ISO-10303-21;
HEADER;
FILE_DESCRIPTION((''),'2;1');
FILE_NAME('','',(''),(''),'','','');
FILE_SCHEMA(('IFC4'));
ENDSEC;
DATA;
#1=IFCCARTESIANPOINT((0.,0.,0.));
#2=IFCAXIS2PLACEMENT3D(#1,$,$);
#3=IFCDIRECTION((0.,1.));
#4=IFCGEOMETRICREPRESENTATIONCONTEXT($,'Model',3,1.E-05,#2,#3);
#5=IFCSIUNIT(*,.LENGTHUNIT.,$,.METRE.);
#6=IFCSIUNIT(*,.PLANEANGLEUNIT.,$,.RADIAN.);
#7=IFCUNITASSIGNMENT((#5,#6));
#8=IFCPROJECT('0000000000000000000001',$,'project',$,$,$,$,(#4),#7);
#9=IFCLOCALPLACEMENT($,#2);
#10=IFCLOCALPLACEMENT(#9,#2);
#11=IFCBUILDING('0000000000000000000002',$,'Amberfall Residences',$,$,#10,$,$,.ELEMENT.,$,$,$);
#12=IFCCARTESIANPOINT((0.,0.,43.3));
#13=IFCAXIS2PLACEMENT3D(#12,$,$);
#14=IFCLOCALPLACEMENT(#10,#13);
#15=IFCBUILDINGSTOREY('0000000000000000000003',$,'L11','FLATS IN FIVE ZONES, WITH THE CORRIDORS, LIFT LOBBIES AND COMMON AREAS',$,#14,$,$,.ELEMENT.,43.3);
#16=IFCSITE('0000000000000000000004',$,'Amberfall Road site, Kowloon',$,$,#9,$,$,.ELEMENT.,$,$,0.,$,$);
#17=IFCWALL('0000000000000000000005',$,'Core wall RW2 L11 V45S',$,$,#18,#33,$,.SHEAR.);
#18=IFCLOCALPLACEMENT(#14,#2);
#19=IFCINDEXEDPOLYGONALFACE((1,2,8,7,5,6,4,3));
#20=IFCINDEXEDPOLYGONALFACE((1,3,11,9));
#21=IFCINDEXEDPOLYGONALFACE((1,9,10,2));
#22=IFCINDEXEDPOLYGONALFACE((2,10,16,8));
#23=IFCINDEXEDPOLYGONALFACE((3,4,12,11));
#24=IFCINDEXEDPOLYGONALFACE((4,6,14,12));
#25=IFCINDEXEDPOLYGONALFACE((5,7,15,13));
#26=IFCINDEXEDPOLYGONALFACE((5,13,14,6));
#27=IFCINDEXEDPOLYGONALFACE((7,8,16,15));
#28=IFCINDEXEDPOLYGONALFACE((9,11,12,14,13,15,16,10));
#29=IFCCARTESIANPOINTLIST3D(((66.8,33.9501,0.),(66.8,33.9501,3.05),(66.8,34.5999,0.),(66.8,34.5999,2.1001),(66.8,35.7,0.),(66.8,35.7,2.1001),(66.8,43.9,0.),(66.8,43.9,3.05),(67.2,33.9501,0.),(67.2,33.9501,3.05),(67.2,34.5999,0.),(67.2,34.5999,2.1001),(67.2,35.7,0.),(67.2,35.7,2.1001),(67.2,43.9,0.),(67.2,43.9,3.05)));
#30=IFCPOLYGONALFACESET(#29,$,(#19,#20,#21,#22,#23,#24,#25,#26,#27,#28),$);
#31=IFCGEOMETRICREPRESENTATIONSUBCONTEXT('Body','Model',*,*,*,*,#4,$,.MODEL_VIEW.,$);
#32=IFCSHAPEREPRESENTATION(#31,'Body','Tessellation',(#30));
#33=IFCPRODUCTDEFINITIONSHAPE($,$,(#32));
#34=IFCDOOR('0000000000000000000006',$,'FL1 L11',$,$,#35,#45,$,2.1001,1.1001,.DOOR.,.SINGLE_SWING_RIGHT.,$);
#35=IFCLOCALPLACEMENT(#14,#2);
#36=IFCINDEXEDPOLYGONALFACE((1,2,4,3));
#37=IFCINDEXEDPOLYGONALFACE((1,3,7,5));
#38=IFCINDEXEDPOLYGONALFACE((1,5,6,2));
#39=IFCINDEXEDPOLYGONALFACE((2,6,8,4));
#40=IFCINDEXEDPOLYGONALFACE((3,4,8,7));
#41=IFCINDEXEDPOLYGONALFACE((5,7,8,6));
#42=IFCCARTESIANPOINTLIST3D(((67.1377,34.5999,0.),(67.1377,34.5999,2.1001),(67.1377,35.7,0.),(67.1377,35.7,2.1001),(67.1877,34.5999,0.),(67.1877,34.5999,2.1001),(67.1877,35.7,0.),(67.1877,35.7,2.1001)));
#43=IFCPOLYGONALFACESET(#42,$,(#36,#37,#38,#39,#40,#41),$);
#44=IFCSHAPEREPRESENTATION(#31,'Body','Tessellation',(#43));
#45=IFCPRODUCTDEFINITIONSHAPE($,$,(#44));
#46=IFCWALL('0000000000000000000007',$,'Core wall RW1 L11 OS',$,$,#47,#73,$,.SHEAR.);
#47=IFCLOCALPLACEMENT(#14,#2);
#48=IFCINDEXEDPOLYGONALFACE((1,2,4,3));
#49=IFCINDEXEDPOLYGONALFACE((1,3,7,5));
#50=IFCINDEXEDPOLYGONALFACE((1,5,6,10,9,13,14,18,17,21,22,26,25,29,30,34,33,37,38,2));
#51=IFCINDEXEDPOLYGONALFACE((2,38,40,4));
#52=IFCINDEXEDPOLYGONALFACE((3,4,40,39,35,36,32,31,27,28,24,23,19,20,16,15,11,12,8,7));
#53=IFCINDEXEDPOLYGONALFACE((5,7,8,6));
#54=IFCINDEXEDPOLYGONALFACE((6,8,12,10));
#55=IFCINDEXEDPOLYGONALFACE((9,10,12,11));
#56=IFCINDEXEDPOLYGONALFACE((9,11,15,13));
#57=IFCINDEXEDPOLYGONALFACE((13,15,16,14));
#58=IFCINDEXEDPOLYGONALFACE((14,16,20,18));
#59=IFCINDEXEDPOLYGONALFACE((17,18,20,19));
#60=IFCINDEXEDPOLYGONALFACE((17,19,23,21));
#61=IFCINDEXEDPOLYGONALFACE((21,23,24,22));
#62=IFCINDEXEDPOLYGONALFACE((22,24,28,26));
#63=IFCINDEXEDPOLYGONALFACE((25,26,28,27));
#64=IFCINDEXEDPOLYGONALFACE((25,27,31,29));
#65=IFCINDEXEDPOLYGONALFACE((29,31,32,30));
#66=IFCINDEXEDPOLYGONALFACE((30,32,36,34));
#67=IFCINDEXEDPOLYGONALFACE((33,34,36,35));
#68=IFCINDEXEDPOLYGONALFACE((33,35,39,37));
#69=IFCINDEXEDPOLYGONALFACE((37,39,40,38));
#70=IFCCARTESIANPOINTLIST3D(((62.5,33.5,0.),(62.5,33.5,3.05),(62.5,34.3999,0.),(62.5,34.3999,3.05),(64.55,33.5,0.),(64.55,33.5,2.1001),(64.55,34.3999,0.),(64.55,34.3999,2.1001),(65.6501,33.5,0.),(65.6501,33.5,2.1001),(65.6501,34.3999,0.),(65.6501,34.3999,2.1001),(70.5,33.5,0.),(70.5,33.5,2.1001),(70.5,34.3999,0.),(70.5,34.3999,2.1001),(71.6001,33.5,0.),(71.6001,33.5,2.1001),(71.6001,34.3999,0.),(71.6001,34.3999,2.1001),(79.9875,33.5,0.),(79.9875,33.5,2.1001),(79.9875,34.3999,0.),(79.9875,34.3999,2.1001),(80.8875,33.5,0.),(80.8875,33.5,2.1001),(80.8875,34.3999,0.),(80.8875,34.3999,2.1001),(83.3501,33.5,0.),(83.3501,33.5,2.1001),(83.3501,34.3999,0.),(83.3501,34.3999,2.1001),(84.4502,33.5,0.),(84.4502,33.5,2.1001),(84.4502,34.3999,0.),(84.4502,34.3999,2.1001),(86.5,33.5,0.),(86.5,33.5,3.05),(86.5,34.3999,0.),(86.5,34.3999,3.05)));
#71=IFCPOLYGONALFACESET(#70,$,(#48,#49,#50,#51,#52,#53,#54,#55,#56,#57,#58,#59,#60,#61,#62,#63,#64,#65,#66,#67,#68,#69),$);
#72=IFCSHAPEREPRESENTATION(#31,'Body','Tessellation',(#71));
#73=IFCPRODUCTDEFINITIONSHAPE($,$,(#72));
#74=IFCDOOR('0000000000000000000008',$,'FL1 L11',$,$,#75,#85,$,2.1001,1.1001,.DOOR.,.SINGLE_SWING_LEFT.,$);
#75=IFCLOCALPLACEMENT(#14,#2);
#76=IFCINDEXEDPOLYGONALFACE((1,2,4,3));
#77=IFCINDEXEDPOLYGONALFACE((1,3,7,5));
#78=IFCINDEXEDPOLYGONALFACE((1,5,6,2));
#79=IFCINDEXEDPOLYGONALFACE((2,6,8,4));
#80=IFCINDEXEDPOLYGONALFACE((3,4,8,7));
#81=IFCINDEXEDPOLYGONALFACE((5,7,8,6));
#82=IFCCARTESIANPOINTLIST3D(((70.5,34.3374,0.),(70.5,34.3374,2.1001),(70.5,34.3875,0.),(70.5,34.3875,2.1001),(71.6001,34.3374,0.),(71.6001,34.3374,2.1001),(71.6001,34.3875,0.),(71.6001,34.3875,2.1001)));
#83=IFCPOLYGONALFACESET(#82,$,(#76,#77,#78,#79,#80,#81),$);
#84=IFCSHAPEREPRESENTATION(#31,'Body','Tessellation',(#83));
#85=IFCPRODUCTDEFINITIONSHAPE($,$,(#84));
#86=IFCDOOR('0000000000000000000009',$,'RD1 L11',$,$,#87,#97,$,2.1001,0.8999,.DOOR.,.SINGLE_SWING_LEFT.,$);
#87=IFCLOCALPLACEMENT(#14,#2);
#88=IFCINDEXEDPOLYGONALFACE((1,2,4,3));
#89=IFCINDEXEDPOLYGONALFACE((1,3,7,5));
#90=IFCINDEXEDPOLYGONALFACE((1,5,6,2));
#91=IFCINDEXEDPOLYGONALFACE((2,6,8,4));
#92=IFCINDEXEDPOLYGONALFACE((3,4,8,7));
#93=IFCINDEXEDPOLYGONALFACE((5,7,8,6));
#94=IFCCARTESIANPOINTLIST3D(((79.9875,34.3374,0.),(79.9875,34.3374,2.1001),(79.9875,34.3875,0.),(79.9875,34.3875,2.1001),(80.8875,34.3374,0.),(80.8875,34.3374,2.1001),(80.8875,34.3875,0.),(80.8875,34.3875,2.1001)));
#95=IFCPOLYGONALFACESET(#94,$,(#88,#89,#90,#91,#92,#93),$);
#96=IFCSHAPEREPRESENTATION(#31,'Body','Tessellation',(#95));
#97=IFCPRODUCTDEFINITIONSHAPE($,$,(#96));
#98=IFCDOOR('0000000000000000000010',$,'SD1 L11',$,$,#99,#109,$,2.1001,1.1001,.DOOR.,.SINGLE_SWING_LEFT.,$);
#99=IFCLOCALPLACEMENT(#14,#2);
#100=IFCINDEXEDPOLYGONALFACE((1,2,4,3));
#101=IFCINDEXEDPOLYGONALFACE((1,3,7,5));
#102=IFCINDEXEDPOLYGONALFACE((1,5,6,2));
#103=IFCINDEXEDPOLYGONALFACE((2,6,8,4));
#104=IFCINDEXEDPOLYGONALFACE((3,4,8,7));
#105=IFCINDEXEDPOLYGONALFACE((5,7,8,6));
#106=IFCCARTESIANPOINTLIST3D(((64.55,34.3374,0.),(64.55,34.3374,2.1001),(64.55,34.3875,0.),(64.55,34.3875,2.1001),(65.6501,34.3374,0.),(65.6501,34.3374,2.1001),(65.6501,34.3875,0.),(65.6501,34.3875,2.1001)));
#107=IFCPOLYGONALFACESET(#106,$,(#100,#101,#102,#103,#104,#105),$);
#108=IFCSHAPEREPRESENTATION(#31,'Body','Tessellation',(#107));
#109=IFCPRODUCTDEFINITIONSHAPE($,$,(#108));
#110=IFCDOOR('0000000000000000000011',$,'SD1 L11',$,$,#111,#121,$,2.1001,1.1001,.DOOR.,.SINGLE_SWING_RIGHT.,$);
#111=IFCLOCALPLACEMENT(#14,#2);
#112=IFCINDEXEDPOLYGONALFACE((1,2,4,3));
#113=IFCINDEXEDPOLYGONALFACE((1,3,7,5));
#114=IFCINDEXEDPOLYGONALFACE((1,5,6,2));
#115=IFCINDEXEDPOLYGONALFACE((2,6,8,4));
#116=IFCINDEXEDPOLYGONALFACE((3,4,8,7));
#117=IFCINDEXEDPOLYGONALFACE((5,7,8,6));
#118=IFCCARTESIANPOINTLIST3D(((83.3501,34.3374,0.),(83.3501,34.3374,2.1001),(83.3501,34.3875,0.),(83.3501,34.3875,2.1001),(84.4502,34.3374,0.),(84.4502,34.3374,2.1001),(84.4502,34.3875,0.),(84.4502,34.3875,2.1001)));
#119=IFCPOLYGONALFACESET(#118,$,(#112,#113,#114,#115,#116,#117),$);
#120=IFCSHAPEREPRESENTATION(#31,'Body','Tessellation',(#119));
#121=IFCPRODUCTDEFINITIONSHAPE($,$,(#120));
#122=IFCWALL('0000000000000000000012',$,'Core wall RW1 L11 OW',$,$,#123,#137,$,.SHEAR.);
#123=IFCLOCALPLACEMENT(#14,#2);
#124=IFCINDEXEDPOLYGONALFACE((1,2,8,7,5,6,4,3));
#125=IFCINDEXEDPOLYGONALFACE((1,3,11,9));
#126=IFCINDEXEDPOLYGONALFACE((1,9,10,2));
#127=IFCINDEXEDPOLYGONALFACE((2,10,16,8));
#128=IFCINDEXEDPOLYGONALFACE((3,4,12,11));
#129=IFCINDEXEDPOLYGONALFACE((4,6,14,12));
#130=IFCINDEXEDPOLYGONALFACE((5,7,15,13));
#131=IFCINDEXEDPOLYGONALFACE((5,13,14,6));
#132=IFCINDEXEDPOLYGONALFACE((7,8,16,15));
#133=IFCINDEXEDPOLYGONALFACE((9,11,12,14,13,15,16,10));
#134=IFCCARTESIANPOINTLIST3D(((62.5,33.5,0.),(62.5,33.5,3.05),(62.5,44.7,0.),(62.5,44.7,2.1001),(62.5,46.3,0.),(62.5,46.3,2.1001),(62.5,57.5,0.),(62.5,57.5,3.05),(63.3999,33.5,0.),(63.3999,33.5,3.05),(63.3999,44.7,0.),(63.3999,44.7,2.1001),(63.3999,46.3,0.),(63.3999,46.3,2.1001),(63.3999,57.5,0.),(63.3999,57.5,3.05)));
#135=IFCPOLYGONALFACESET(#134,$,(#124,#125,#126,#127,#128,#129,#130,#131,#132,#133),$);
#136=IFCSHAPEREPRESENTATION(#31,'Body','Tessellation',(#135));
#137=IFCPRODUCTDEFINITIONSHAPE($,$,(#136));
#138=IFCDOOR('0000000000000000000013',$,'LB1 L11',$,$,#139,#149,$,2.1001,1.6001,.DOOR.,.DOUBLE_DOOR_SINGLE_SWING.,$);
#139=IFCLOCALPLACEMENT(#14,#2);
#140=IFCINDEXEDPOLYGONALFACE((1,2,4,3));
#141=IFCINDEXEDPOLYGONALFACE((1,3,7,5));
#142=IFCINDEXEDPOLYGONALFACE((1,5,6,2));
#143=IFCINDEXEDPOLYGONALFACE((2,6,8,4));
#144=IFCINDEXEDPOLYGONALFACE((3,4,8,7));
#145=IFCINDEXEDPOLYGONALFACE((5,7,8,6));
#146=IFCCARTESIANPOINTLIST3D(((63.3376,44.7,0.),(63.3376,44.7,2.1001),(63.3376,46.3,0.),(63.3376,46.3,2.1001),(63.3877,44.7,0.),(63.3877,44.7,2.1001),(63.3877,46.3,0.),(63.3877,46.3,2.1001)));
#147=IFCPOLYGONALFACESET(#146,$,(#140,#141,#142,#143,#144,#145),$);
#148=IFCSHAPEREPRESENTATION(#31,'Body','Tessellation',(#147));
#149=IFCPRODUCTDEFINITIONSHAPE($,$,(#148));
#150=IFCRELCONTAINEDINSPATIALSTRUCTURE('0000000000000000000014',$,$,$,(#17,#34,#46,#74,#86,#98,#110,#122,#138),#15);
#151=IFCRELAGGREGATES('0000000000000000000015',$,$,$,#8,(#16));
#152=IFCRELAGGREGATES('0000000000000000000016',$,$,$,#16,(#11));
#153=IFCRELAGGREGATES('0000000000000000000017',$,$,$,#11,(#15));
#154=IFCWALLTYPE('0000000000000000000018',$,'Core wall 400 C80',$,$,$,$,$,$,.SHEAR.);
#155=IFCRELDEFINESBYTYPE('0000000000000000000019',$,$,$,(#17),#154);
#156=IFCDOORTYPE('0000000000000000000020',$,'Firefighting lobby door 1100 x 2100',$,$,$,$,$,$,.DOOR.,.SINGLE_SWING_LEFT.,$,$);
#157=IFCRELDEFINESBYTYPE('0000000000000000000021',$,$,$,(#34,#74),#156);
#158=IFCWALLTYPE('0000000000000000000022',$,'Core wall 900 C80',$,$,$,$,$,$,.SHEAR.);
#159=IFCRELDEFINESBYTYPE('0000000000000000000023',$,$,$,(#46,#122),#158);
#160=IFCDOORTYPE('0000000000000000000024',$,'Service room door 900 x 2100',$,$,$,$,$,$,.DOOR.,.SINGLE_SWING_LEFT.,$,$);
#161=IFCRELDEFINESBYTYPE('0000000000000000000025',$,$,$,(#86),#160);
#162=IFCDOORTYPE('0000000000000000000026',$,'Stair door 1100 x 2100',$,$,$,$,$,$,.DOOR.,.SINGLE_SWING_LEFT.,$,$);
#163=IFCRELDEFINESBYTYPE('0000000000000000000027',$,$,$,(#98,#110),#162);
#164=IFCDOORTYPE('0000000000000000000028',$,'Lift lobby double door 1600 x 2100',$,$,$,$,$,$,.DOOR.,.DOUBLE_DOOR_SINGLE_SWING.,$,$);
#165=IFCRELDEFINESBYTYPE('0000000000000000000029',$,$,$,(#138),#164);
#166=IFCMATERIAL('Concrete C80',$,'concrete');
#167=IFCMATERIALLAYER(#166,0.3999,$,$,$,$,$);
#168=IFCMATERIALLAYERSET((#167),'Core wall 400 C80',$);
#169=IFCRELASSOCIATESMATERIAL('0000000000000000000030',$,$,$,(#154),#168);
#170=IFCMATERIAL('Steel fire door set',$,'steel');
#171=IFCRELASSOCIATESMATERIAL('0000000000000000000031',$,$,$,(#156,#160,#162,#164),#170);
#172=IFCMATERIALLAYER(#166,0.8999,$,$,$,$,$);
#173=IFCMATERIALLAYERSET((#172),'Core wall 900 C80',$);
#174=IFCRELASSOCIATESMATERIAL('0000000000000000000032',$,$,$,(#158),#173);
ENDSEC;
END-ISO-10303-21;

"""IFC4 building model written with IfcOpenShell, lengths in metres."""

from ifc_helpers import new_model, si_unit, direction, frame, frame_2d, origin, place, context, subcontext, project, spatial, rectangle, extrude, material, layer, layer_set, type_object, element, fill, save


model = new_model("IFC4")

# Units and contexts
model_context = context("Model", 3, precision=1e-05, world=origin(), true_north=direction((0.0, 1.0)))
body_context = subcontext(model_context, "Body", "Model", "MODEL_VIEW")
ifc_project = project(units=[si_unit("LENGTHUNIT", "METRE"), si_unit("PLANEANGLEUNIT", "RADIAN")], contexts=[model_context])

# Site, building, storey
site_placement = place(None, origin())
site = spatial("IfcSite", under=ifc_project, at=site_placement, Name="Amberfall Road site, Kowloon", CompositionType="ELEMENT", RefElevation=0.0)
building_placement = place(site_placement, origin())
building = spatial("IfcBuilding", under=site, at=building_placement, Name="Amberfall Residences", CompositionType="ELEMENT")
storey_placement = place(building_placement, frame((0.0, 0.0, 43.3)))
storey = spatial("IfcBuildingStorey", under=building, at=storey_placement, Name="L11", Description="FLATS IN FIVE ZONES, WITH THE CORRIDORS, LIFT LOBBIES AND COMMON AREAS", CompositionType="ELEMENT", Elevation=43.3)

# Wall, opening, door
ifc_material_1 = material(Name="Concrete C80", Category="concrete")
ifc_layer_1 = layer(ifc_material_1, 0.3999)
ifc_layer_set_1 = layer_set([ifc_layer_1], Name="Core wall 400 C80")
wall_type_1 = type_object("IfcWallType", Name="Core wall 400 C80", PredefinedType="SHEAR", material=ifc_layer_set_1)
wall_1_placement = place(storey_placement, frame((67.0, 33.95, 0.0), z_axis=(0.0, 0.0, 1.0), x_axis=(0.0, 1.0, 0.0)))
wall_1 = element("IfcWall", 1, at=wall_1_placement, inside=storey, type_object=wall_type_1, Name="Core wall RW2 L11 V45S", PredefinedType="SHEAR", context=body_context, shape_type="SweptSolid", body=[
    extrude(rectangle(XDim=9.95, YDim=0.3999, at=frame_2d((4.9751, 0.0))), origin(), (0.0, 0.0, 1.0), 3.05),
])
opening_1_placement = place(wall_1_placement, frame((0.6499, 0.0, 0.0)))
opening_1 = element("IfcOpeningElement", 2, at=opening_1_placement, cuts=wall_1, PredefinedType="OPENING", context=body_context, shape_type="SweptSolid", body=[
    extrude(rectangle(XDim=1.1001, YDim=2.1001, at=frame_2d((0.55, 1.05))), frame((0.0, 0.21, 0.0), z_axis=(0.0, -1.0, 0.0), x_axis=(1.0, 0.0, 0.0)), (0.0, 0.0, 1.0), 0.4199),
])
ifc_material_2 = material(Name="Steel fire door set", Category="steel")
door_type_1 = type_object("IfcDoorType", Name="Firefighting lobby door 1100 x 2100", OperationType="SINGLE_SWING_LEFT", PredefinedType="DOOR", material=ifc_material_2)
door_1_placement = place(opening_1_placement, origin())
door_1 = element("IfcDoor", 3, at=door_1_placement, inside=storey, type_object=door_type_1, Name="FL1 L11", OperationType="SINGLE_SWING_RIGHT", OverallHeight=2.1001, OverallWidth=1.1001, PredefinedType="DOOR", context=body_context, shape_type="SweptSolid", body=[
    extrude(rectangle(XDim=1.1001, YDim=2.1001, at=frame_2d((0.55, 1.05))), frame((0.0, -0.1377, 0.0), z_axis=(0.0, -1.0, 0.0), x_axis=(1.0, 0.0, 0.0)), (0.0, 0.0, 1.0), 0.05),
])
fill(opening_1, door_1)

# Wall, openings, doors
ifc_layer_2 = layer(ifc_material_1, 0.8999)
ifc_layer_set_2 = layer_set([ifc_layer_2], Name="Core wall 900 C80")
wall_type_2 = type_object("IfcWallType", Name="Core wall 900 C80", PredefinedType="SHEAR", material=ifc_layer_set_2)
wall_2_placement = place(storey_placement, frame((62.5, 33.95, 0.0), z_axis=(0.0, 0.0, 1.0), x_axis=(1.0, 0.0, 0.0)))
wall_2 = element("IfcWall", 4, at=wall_2_placement, inside=storey, type_object=wall_type_2, Name="Core wall RW1 L11 OS", PredefinedType="SHEAR", context=body_context, shape_type="SweptSolid", body=[
    extrude(rectangle(XDim=24.0, YDim=0.8999, at=frame_2d((12.0, 0.0))), origin(), (0.0, 0.0, 1.0), 3.05),
])
opening_2_placement = place(wall_2_placement, frame((2.05, 0.0, 0.0)))
opening_2 = element("IfcOpeningElement", 5, at=opening_2_placement, cuts=wall_2, PredefinedType="OPENING", context=body_context, shape_type="SweptSolid", body=[
    extrude(rectangle(XDim=1.1001, YDim=2.1001, at=frame_2d((0.55, 1.05))), frame((0.0, 0.46, 0.0), z_axis=(0.0, -1.0, 0.0), x_axis=(1.0, 0.0, 0.0)), (0.0, 0.0, 1.0), 0.9199),
])
opening_3_placement = place(wall_2_placement, frame((20.8501, 0.0, 0.0)))
opening_3 = element("IfcOpeningElement", 6, at=opening_3_placement, cuts=wall_2, PredefinedType="OPENING", context=body_context, shape_type="SweptSolid", body=[
    extrude(rectangle(XDim=1.1001, YDim=2.1001, at=frame_2d((0.55, 1.05))), frame((0.0, 0.46, 0.0), z_axis=(0.0, -1.0, 0.0), x_axis=(1.0, 0.0, 0.0)), (0.0, 0.0, 1.0), 0.9199),
])
opening_4_placement = place(wall_2_placement, frame((8.0, 0.0, 0.0)))
opening_4 = element("IfcOpeningElement", 7, at=opening_4_placement, cuts=wall_2, PredefinedType="OPENING", context=body_context, shape_type="SweptSolid", body=[
    extrude(rectangle(XDim=1.1001, YDim=2.1001, at=frame_2d((0.55, 1.05))), frame((0.0, 0.46, 0.0), z_axis=(0.0, -1.0, 0.0), x_axis=(1.0, 0.0, 0.0)), (0.0, 0.0, 1.0), 0.9199),
])
opening_5_placement = place(wall_2_placement, frame((17.4875, 0.0, 0.0)))
opening_5 = element("IfcOpeningElement", 8, at=opening_5_placement, cuts=wall_2, PredefinedType="OPENING", context=body_context, shape_type="SweptSolid", body=[
    extrude(rectangle(XDim=0.8999, YDim=2.1001, at=frame_2d((0.45, 1.05))), frame((0.0, 0.46, 0.0), z_axis=(0.0, -1.0, 0.0), x_axis=(1.0, 0.0, 0.0)), (0.0, 0.0, 1.0), 0.9199),
])
door_2_placement = place(opening_4_placement, origin())
door_2 = element("IfcDoor", 9, at=door_2_placement, inside=storey, type_object=door_type_1, Name="FL1 L11", OperationType="SINGLE_SWING_LEFT", OverallHeight=2.1001, OverallWidth=1.1001, PredefinedType="DOOR", context=body_context, shape_type="SweptSolid", body=[
    extrude(rectangle(XDim=1.1001, YDim=2.1001, at=frame_2d((0.55, 1.05))), frame((0.0, 0.4375, 0.0), z_axis=(0.0, -1.0, 0.0), x_axis=(1.0, 0.0, 0.0)), (0.0, 0.0, 1.0), 0.05),
])
fill(opening_4, door_2)
door_type_2 = type_object("IfcDoorType", Name="Service room door 900 x 2100", OperationType="SINGLE_SWING_LEFT", PredefinedType="DOOR", material=ifc_material_2)
door_3_placement = place(opening_5_placement, origin())
door_3 = element("IfcDoor", 10, at=door_3_placement, inside=storey, type_object=door_type_2, Name="RD1 L11", OperationType="SINGLE_SWING_LEFT", OverallHeight=2.1001, OverallWidth=0.8999, PredefinedType="DOOR", context=body_context, shape_type="SweptSolid", body=[
    extrude(rectangle(XDim=0.8999, YDim=2.1001, at=frame_2d((0.45, 1.05))), frame((0.0, 0.4375, 0.0), z_axis=(0.0, -1.0, 0.0), x_axis=(1.0, 0.0, 0.0)), (0.0, 0.0, 1.0), 0.05),
])
fill(opening_5, door_3)
door_type_3 = type_object("IfcDoorType", Name="Stair door 1100 x 2100", OperationType="SINGLE_SWING_LEFT", PredefinedType="DOOR", material=ifc_material_2)
door_4_placement = place(opening_2_placement, origin())
door_4 = element("IfcDoor", 11, at=door_4_placement, inside=storey, type_object=door_type_3, Name="SD1 L11", OperationType="SINGLE_SWING_LEFT", OverallHeight=2.1001, OverallWidth=1.1001, PredefinedType="DOOR", context=body_context, shape_type="SweptSolid", body=[
    extrude(rectangle(XDim=1.1001, YDim=2.1001, at=frame_2d((0.55, 1.05))), frame((0.0, 0.4375, 0.0), z_axis=(0.0, -1.0, 0.0), x_axis=(1.0, 0.0, 0.0)), (0.0, 0.0, 1.0), 0.05),
])
fill(opening_2, door_4)
door_5_placement = place(opening_3_placement, origin())
door_5 = element("IfcDoor", 12, at=door_5_placement, inside=storey, type_object=door_type_3, Name="SD1 L11", OperationType="SINGLE_SWING_RIGHT", OverallHeight=2.1001, OverallWidth=1.1001, PredefinedType="DOOR", context=body_context, shape_type="SweptSolid", body=[
    extrude(rectangle(XDim=1.1001, YDim=2.1001, at=frame_2d((0.55, 1.05))), frame((0.0, 0.4375, 0.0), z_axis=(0.0, -1.0, 0.0), x_axis=(1.0, 0.0, 0.0)), (0.0, 0.0, 1.0), 0.05),
])
fill(opening_3, door_5)

# Wall, opening, door
wall_3_placement = place(storey_placement, frame((62.95, 33.5, 0.0), z_axis=(0.0, 0.0, 1.0), x_axis=(0.0, 1.0, 0.0)))
wall_3 = element("IfcWall", 13, at=wall_3_placement, inside=storey, type_object=wall_type_2, Name="Core wall RW1 L11 OW", PredefinedType="SHEAR", context=body_context, shape_type="SweptSolid", body=[
    extrude(rectangle(XDim=24.0, YDim=0.8999, at=frame_2d((12.0, 0.0))), origin(), (0.0, 0.0, 1.0), 3.05),
])
opening_6_placement = place(wall_3_placement, frame((11.2, 0.0, 0.0)))
opening_6 = element("IfcOpeningElement", 14, at=opening_6_placement, cuts=wall_3, PredefinedType="OPENING", context=body_context, shape_type="SweptSolid", body=[
    extrude(rectangle(XDim=1.6001, YDim=2.1001, at=frame_2d((0.8, 1.05))), frame((0.0, 0.46, 0.0), z_axis=(0.0, -1.0, 0.0), x_axis=(1.0, 0.0, 0.0)), (0.0, 0.0, 1.0), 0.9199),
])
door_type_4 = type_object("IfcDoorType", Name="Lift lobby double door 1600 x 2100", OperationType="DOUBLE_DOOR_SINGLE_SWING", PredefinedType="DOOR", material=ifc_material_2)
door_6_placement = place(opening_6_placement, origin())
door_6 = element("IfcDoor", 15, at=door_6_placement, inside=storey, type_object=door_type_4, Name="LB1 L11", OperationType="DOUBLE_DOOR_SINGLE_SWING", OverallHeight=2.1001, OverallWidth=1.6001, PredefinedType="DOOR", context=body_context, shape_type="SweptSolid", body=[
    extrude(rectangle(XDim=1.6001, YDim=2.1001, at=frame_2d((0.8, 1.05))), frame((0.0, -0.3877, 0.0), z_axis=(0.0, -1.0, 0.0), x_axis=(1.0, 0.0, 0.0)), (0.0, 0.0, 1.0), 0.05),
])
fill(opening_6, door_6)

save(model, "model.ifc")
